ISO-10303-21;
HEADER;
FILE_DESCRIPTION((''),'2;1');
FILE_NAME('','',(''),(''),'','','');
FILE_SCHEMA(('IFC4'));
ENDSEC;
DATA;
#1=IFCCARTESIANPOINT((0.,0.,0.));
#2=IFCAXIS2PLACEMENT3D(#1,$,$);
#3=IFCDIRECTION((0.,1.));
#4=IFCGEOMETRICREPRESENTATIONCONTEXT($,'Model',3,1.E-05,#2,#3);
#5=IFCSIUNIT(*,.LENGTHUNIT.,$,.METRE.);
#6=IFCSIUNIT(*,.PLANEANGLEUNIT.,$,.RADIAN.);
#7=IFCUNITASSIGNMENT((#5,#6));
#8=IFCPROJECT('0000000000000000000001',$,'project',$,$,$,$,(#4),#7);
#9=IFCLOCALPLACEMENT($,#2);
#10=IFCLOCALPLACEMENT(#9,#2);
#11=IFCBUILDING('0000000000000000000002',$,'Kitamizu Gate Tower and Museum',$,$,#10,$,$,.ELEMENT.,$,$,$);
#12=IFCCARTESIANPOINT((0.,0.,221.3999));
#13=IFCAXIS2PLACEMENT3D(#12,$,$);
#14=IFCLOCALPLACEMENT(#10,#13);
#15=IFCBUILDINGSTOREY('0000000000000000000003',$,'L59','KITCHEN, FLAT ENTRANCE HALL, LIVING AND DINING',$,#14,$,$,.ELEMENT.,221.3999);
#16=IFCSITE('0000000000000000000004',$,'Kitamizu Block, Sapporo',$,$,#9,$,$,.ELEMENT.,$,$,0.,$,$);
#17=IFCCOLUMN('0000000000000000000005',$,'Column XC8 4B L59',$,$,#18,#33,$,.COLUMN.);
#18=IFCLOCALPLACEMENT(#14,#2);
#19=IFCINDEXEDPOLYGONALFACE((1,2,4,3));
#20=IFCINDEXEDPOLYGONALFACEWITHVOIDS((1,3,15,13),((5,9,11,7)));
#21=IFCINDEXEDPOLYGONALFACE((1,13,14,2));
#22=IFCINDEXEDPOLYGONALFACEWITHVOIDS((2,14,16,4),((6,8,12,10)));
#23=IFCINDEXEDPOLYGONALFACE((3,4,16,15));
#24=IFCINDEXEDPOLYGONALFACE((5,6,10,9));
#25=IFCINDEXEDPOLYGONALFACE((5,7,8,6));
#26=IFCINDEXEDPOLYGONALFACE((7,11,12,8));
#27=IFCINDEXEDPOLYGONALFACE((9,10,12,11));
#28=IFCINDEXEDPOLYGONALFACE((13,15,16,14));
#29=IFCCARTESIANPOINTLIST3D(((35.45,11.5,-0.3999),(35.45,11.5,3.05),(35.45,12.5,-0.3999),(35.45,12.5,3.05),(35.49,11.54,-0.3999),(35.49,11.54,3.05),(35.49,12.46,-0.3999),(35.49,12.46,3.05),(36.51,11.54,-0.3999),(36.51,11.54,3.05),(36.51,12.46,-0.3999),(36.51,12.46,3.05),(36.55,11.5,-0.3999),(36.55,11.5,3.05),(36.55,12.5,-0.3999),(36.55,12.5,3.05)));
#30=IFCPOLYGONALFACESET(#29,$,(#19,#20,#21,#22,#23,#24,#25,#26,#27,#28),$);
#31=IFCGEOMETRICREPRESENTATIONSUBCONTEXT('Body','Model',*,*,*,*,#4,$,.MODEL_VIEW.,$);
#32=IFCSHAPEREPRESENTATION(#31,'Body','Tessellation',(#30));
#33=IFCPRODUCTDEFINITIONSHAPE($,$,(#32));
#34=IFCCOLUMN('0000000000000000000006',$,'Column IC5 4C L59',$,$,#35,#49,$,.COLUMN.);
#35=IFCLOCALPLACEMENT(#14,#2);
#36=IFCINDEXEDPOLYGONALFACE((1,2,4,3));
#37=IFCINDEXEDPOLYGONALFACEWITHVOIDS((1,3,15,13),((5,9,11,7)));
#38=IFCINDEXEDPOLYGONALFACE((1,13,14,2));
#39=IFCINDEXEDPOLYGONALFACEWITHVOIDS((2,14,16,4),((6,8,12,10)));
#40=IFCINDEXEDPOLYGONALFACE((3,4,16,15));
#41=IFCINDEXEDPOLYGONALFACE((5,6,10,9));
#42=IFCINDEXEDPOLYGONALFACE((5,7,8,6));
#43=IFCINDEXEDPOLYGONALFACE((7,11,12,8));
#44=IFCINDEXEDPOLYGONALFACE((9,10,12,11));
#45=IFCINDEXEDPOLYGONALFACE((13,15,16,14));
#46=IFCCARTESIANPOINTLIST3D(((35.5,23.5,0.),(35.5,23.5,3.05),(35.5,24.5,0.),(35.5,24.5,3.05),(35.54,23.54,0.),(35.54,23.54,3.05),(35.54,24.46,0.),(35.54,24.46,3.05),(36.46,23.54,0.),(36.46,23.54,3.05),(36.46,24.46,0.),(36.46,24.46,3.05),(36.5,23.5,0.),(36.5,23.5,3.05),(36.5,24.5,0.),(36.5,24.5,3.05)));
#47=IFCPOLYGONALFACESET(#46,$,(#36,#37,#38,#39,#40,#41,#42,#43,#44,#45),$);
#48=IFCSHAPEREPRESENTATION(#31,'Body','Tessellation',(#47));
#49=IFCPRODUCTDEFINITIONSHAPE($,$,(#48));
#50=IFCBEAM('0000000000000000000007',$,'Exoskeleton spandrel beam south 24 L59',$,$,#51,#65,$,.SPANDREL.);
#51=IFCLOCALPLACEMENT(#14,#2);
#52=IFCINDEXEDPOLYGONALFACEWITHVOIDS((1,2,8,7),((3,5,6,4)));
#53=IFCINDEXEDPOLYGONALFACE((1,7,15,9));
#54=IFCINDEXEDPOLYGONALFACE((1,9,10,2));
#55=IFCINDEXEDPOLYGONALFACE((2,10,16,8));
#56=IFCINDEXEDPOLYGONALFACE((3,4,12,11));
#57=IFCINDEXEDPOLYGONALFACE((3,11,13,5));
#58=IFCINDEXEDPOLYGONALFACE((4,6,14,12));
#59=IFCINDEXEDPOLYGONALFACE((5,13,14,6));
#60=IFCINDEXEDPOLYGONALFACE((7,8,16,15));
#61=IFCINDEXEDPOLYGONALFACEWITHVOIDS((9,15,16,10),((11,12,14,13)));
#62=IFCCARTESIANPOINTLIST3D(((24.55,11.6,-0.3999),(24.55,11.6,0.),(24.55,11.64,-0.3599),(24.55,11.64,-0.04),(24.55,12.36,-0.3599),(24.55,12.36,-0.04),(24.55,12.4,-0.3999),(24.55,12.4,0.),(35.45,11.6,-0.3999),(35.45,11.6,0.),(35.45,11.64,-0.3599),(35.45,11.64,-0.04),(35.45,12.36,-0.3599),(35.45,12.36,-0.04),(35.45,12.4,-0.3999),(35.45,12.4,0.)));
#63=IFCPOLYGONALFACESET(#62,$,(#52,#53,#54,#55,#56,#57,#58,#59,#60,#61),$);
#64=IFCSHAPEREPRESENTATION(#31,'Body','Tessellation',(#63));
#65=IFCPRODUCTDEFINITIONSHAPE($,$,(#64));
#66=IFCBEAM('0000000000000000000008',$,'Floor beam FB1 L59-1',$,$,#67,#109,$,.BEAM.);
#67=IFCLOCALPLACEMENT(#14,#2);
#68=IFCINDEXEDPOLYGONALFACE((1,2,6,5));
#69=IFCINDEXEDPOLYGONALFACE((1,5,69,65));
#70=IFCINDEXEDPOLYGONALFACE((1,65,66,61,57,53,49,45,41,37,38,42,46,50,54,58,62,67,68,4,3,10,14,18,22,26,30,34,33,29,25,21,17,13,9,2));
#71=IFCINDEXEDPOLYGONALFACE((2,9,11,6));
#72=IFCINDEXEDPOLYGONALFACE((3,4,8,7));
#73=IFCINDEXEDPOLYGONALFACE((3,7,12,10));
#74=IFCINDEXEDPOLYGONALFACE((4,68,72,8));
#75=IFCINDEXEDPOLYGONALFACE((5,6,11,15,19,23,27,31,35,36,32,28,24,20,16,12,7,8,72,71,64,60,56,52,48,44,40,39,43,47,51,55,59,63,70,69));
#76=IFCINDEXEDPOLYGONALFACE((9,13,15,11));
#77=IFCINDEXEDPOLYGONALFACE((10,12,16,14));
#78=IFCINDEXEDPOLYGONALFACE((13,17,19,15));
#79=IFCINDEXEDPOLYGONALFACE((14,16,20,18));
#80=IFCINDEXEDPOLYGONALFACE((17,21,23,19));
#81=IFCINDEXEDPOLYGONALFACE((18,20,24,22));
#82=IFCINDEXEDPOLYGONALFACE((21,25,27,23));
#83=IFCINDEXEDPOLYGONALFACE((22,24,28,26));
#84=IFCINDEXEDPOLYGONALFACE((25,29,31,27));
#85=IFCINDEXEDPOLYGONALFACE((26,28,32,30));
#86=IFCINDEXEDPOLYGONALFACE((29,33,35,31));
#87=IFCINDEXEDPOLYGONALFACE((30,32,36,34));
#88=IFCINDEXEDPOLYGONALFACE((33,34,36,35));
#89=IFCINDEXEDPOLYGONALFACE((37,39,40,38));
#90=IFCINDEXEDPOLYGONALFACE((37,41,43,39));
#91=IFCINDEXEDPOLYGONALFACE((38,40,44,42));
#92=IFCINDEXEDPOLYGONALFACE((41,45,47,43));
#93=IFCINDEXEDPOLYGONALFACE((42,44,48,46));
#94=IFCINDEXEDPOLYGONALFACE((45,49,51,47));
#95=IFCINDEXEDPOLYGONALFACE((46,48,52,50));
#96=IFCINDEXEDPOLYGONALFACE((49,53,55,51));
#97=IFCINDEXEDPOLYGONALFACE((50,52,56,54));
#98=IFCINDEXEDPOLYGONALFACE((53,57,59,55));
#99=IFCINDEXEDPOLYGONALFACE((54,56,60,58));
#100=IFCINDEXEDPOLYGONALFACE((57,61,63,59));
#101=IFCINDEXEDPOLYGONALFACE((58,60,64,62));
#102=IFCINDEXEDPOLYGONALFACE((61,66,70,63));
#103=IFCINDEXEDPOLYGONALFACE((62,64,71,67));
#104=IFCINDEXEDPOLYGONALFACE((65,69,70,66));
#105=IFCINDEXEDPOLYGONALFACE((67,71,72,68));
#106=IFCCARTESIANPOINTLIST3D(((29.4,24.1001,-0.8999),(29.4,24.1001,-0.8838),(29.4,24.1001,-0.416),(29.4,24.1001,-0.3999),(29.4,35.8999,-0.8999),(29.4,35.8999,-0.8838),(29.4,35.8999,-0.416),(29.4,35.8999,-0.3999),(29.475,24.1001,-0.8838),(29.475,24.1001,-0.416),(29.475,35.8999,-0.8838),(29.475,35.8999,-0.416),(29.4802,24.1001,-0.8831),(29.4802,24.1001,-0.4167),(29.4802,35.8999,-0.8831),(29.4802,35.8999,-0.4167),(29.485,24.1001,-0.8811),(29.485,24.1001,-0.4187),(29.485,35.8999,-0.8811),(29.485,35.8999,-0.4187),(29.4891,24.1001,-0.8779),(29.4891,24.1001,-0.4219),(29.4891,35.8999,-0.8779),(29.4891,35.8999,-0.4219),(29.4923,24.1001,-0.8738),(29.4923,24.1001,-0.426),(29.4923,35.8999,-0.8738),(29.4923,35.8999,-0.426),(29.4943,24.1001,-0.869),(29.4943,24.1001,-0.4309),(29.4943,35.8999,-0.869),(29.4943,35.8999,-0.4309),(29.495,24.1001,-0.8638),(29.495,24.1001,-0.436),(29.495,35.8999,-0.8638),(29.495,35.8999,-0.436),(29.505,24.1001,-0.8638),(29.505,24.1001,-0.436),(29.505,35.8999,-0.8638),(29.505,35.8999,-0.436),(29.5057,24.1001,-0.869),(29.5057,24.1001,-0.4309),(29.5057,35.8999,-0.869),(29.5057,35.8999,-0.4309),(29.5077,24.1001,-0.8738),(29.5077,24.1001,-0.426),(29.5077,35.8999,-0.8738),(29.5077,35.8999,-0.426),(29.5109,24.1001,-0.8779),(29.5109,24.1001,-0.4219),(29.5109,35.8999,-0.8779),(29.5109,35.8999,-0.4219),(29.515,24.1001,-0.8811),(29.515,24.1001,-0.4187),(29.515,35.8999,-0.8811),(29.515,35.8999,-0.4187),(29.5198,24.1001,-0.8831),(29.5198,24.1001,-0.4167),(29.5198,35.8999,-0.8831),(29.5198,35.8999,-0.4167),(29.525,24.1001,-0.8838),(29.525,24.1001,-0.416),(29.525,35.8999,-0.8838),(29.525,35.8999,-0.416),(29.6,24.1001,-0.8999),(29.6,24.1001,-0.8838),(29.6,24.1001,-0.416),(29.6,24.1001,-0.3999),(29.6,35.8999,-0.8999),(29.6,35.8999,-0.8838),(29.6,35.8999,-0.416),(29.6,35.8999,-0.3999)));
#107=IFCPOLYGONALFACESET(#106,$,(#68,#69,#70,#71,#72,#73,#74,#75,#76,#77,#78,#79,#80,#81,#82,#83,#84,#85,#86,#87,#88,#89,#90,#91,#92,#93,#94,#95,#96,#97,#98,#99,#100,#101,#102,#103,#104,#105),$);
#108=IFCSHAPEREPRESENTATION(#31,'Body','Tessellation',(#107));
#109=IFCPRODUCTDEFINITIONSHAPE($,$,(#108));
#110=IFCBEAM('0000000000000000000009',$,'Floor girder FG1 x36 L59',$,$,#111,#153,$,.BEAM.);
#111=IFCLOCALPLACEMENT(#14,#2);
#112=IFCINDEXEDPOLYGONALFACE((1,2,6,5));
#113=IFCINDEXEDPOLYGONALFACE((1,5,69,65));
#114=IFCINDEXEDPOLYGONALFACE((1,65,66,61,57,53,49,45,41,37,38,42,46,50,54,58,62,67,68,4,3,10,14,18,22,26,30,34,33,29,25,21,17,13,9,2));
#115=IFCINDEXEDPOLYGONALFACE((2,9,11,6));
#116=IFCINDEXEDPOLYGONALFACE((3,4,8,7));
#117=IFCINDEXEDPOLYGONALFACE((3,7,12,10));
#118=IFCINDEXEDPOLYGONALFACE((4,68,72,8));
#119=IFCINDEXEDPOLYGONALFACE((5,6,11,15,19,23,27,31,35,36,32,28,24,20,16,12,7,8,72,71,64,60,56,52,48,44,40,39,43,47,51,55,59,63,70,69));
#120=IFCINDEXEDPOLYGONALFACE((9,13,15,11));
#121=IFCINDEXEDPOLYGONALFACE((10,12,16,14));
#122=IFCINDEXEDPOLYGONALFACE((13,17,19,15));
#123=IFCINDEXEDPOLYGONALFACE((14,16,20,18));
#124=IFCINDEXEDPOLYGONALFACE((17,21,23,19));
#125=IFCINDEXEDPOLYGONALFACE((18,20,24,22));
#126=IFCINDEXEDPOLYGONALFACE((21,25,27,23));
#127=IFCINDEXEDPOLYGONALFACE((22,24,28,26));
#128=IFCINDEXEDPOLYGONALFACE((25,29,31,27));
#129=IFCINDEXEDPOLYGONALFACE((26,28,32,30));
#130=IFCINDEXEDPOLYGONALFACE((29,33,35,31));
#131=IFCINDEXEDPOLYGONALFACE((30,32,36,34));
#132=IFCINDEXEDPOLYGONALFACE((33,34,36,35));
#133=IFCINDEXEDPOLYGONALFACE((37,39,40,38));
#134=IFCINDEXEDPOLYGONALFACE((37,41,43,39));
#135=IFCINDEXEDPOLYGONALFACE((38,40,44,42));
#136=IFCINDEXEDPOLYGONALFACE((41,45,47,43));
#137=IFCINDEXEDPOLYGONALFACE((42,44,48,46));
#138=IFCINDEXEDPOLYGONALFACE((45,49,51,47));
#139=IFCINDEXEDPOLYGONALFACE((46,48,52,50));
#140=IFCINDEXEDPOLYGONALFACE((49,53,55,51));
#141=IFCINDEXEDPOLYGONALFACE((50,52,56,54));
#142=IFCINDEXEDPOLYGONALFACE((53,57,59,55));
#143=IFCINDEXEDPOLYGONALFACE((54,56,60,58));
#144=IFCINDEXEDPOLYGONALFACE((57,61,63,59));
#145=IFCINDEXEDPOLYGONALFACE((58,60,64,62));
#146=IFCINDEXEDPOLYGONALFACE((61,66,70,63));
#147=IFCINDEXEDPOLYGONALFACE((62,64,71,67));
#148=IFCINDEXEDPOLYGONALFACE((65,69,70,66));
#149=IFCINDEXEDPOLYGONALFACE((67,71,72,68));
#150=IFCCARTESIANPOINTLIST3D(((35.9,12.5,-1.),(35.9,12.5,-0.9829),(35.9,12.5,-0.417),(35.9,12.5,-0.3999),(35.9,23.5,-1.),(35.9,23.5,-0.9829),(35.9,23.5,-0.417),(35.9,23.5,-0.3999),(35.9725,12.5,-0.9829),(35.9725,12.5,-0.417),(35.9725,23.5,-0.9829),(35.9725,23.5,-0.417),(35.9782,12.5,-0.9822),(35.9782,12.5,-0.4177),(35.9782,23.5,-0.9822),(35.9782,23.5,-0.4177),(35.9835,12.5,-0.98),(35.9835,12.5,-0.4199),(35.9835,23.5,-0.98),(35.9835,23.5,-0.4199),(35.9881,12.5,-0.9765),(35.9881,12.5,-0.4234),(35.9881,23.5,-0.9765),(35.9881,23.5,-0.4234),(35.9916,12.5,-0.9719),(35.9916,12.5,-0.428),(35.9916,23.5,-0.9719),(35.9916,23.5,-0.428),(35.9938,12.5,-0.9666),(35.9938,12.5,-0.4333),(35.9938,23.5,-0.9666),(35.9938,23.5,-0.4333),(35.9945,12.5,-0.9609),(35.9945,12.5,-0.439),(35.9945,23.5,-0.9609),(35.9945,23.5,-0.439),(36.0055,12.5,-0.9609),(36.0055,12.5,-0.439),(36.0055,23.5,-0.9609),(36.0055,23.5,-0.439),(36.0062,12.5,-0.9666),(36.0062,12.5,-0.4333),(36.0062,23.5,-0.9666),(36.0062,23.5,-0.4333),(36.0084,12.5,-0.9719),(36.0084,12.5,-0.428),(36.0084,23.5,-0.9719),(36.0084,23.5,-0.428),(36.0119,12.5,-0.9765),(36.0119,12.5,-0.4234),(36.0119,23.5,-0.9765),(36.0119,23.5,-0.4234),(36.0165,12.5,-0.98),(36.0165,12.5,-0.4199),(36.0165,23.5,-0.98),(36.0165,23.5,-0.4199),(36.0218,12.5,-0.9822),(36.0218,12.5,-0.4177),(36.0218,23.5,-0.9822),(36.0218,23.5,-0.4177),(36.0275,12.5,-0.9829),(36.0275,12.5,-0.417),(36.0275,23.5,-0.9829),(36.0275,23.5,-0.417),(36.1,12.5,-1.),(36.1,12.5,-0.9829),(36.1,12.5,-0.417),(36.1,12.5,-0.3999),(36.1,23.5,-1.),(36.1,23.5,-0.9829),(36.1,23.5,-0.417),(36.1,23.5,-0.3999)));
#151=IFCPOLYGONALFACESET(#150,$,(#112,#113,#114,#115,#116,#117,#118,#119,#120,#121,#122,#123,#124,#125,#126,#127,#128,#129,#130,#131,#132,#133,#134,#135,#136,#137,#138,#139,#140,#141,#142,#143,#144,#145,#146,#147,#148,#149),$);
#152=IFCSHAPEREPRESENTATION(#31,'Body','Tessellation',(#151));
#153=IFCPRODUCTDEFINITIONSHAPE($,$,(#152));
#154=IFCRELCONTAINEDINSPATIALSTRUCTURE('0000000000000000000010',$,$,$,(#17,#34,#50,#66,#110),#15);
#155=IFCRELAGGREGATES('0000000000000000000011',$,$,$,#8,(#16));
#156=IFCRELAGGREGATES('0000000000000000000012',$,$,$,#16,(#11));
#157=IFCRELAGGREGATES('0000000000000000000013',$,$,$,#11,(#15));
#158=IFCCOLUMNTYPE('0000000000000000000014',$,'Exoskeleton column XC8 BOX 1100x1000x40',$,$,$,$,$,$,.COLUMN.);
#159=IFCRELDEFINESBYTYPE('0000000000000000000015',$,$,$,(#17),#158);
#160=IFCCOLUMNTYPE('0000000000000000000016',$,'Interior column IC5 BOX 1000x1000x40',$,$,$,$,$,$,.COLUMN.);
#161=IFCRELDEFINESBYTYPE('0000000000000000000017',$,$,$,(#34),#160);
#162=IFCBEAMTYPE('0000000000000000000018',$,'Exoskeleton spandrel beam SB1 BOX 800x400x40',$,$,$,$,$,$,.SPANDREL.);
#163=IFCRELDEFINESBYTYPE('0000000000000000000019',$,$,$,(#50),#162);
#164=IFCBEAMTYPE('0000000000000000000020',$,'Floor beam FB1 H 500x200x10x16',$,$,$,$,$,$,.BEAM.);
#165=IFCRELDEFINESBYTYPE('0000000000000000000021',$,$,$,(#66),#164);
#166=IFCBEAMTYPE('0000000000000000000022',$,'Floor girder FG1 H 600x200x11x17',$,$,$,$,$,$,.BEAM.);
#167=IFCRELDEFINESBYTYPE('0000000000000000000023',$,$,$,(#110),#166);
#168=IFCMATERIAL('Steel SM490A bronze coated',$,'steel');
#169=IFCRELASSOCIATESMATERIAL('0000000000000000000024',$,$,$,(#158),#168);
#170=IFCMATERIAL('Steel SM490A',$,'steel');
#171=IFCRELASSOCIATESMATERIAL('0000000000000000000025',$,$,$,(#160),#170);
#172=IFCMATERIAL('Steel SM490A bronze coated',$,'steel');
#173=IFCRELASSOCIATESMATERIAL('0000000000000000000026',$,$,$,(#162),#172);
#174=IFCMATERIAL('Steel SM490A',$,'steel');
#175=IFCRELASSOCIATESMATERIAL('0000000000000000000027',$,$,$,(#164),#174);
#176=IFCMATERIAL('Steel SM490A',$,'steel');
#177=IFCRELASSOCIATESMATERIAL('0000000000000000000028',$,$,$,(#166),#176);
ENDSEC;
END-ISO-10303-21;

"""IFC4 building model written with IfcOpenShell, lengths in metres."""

from ifc_helpers import new_model, si_unit, direction, frame, origin, origin_2d, place, context, subcontext, project, spatial, hollow_rectangle, i_section, extrude, material, material_profile, profile_set, type_object, element, save


model = new_model("IFC4")

# Units and contexts
model_context = context("Model", 3, precision=1e-05, world=origin(), true_north=direction((0.0, 1.0)))
body_context = subcontext(model_context, "Body", "Model", "MODEL_VIEW")
ifc_project = project(units=[si_unit("LENGTHUNIT", "METRE"), si_unit("PLANEANGLEUNIT", "RADIAN")], contexts=[model_context])

# Site, building, storey
site_placement = place(None, origin())
site = spatial("IfcSite", under=ifc_project, at=site_placement, Name="Kitamizu Block, Sapporo", CompositionType="ELEMENT", RefElevation=0.0)
building_placement = place(site_placement, origin())
building = spatial("IfcBuilding", under=site, at=building_placement, Name="Kitamizu Gate Tower and Museum", CompositionType="ELEMENT")
storey_placement = place(building_placement, frame((0.0, 0.0, 221.3999)))
storey = spatial("IfcBuildingStorey", under=building, at=storey_placement, Name="L59", Description="KITCHEN, FLAT ENTRANCE HALL, LIVING AND DINING", CompositionType="ELEMENT", Elevation=221.3999)

# Columns
ifc_material_1 = material(Name="Steel SM490A bronze coated", Category="steel")
ifc_material_profile_1 = material_profile(ifc_material_1, hollow_rectangle(XDim=1.1001, YDim=1.0, WallThickness=0.04, at=origin_2d()), Name="BOX 1100x1000x40")
ifc_profile_set_1 = profile_set([ifc_material_profile_1], Name="Steel SM490A bronze coated")
column_type_1 = type_object("IfcColumnType", Name="Exoskeleton column XC8 BOX 1100x1000x40", PredefinedType="COLUMN", material=ifc_profile_set_1)
column_1_placement = place(storey_placement, frame((36.0, 12.0, -0.3999), z_axis=(0.0, 0.0, 1.0), x_axis=(1.0, 0.0, 0.0)))
element("IfcColumn", 1, at=column_1_placement, inside=storey, type_object=column_type_1, Name="Column XC8 4B L59", PredefinedType="COLUMN", context=body_context, shape_type="SweptSolid", body=[
    extrude(hollow_rectangle(XDim=1.1001, YDim=1.0, WallThickness=0.04, at=origin_2d()), origin(), (0.0, 0.0, 1.0), 3.45),
])
ifc_material_2 = material(Name="Steel SM490A", Category="steel")
ifc_material_profile_2 = material_profile(ifc_material_2, hollow_rectangle(XDim=1.0, YDim=1.0, WallThickness=0.04, at=origin_2d()), Name="BOX 1000x1000x40")
ifc_profile_set_2 = profile_set([ifc_material_profile_2], Name="Steel SM490A")
column_type_2 = type_object("IfcColumnType", Name="Interior column IC5 BOX 1000x1000x40", PredefinedType="COLUMN", material=ifc_profile_set_2)
column_2_placement = place(storey_placement, frame((36.0, 24.0, 0.0), z_axis=(0.0, 0.0, 1.0), x_axis=(1.0, 0.0, 0.0)))
element("IfcColumn", 2, at=column_2_placement, inside=storey, type_object=column_type_2, Name="Column IC5 4C L59", PredefinedType="COLUMN", context=body_context, shape_type="SweptSolid", body=[
    extrude(hollow_rectangle(XDim=1.0, YDim=1.0, WallThickness=0.04, at=origin_2d()), origin(), (0.0, 0.0, 1.0), 3.05),
])

# Beams
ifc_material_3 = material(Name="Steel SM490A bronze coated", Category="steel")
ifc_material_profile_3 = material_profile(ifc_material_3, hollow_rectangle(XDim=0.8, YDim=0.3999, WallThickness=0.04, at=origin_2d()), Name="BOX 800x400x40")
ifc_profile_set_3 = profile_set([ifc_material_profile_3], Name="Steel SM490A bronze coated")
beam_type_1 = type_object("IfcBeamType", Name="Exoskeleton spandrel beam SB1 BOX 800x400x40", PredefinedType="SPANDREL", material=ifc_profile_set_3)
beam_1_placement = place(storey_placement, frame((24.55, 12.0, -0.2), z_axis=(1.0, 0.0, 0.0), x_axis=(0.0, 1.0, 0.0)))
element("IfcBeam", 3, at=beam_1_placement, inside=storey, type_object=beam_type_1, Name="Exoskeleton spandrel beam south 24 L59", PredefinedType="SPANDREL", context=body_context, shape_type="SweptSolid", body=[
    extrude(hollow_rectangle(XDim=0.8, YDim=0.3999, WallThickness=0.04, at=origin_2d()), origin(), (0.0, 0.0, 1.0), 10.8999),
])
ifc_material_4 = material(Name="Steel SM490A", Category="steel")
ifc_material_profile_4 = material_profile(ifc_material_4, i_section(OverallWidth=0.2, OverallDepth=0.5, WebThickness=0.01, FlangeThickness=0.0161, FilletRadius=0.02, at=origin_2d()), Name="H-500x200x10x16")
ifc_profile_set_4 = profile_set([ifc_material_profile_4], Name="Steel SM490A")
beam_type_2 = type_object("IfcBeamType", Name="Floor beam FB1 H 500x200x10x16", PredefinedType="BEAM", material=ifc_profile_set_4)
beam_2_placement = place(storey_placement, frame((29.5, 24.1001, -0.6499), z_axis=(0.0, 1.0, 0.0), x_axis=(-1.0, 0.0, 0.0)))
element("IfcBeam", 4, at=beam_2_placement, inside=storey, type_object=beam_type_2, Name="Floor beam FB1 L59-1", PredefinedType="BEAM", context=body_context, shape_type="SweptSolid", body=[
    extrude(i_section(OverallWidth=0.2, OverallDepth=0.5, WebThickness=0.01, FlangeThickness=0.0161, FilletRadius=0.02, at=origin_2d()), origin(), (0.0, 0.0, 1.0), 11.7998),
])
ifc_material_5 = material(Name="Steel SM490A", Category="steel")
ifc_material_profile_5 = material_profile(ifc_material_5, i_section(OverallWidth=0.2, OverallDepth=0.6001, WebThickness=0.011, FlangeThickness=0.0171, FilletRadius=0.022, at=origin_2d()), Name="H-600x200x11x17")
ifc_profile_set_5 = profile_set([ifc_material_profile_5], Name="Steel SM490A")
beam_type_3 = type_object("IfcBeamType", Name="Floor girder FG1 H 600x200x11x17", PredefinedType="BEAM", material=ifc_profile_set_5)
for number, where, z_axis, x_axis, name in (
    (5, (36.0, 12.5, -0.7), (0.0, 1.0, 0.0), (-1.0, 0.0, 0.0), "Floor girder FG1 x36 L59"),
):
    element("IfcBeam", number, at=place(storey_placement, frame(where, z_axis=z_axis, x_axis=x_axis)), inside=storey, type_object=beam_type_3, Name=name, PredefinedType="BEAM", context=body_context, shape_type="SweptSolid", body=[
        extrude(i_section(OverallWidth=0.2, OverallDepth=0.6001, WebThickness=0.011, FlangeThickness=0.0171, FilletRadius=0.022, at=origin_2d()), origin(), (0.0, 0.0, 1.0), 11.0),
    ])

save(model, "model.ifc")
